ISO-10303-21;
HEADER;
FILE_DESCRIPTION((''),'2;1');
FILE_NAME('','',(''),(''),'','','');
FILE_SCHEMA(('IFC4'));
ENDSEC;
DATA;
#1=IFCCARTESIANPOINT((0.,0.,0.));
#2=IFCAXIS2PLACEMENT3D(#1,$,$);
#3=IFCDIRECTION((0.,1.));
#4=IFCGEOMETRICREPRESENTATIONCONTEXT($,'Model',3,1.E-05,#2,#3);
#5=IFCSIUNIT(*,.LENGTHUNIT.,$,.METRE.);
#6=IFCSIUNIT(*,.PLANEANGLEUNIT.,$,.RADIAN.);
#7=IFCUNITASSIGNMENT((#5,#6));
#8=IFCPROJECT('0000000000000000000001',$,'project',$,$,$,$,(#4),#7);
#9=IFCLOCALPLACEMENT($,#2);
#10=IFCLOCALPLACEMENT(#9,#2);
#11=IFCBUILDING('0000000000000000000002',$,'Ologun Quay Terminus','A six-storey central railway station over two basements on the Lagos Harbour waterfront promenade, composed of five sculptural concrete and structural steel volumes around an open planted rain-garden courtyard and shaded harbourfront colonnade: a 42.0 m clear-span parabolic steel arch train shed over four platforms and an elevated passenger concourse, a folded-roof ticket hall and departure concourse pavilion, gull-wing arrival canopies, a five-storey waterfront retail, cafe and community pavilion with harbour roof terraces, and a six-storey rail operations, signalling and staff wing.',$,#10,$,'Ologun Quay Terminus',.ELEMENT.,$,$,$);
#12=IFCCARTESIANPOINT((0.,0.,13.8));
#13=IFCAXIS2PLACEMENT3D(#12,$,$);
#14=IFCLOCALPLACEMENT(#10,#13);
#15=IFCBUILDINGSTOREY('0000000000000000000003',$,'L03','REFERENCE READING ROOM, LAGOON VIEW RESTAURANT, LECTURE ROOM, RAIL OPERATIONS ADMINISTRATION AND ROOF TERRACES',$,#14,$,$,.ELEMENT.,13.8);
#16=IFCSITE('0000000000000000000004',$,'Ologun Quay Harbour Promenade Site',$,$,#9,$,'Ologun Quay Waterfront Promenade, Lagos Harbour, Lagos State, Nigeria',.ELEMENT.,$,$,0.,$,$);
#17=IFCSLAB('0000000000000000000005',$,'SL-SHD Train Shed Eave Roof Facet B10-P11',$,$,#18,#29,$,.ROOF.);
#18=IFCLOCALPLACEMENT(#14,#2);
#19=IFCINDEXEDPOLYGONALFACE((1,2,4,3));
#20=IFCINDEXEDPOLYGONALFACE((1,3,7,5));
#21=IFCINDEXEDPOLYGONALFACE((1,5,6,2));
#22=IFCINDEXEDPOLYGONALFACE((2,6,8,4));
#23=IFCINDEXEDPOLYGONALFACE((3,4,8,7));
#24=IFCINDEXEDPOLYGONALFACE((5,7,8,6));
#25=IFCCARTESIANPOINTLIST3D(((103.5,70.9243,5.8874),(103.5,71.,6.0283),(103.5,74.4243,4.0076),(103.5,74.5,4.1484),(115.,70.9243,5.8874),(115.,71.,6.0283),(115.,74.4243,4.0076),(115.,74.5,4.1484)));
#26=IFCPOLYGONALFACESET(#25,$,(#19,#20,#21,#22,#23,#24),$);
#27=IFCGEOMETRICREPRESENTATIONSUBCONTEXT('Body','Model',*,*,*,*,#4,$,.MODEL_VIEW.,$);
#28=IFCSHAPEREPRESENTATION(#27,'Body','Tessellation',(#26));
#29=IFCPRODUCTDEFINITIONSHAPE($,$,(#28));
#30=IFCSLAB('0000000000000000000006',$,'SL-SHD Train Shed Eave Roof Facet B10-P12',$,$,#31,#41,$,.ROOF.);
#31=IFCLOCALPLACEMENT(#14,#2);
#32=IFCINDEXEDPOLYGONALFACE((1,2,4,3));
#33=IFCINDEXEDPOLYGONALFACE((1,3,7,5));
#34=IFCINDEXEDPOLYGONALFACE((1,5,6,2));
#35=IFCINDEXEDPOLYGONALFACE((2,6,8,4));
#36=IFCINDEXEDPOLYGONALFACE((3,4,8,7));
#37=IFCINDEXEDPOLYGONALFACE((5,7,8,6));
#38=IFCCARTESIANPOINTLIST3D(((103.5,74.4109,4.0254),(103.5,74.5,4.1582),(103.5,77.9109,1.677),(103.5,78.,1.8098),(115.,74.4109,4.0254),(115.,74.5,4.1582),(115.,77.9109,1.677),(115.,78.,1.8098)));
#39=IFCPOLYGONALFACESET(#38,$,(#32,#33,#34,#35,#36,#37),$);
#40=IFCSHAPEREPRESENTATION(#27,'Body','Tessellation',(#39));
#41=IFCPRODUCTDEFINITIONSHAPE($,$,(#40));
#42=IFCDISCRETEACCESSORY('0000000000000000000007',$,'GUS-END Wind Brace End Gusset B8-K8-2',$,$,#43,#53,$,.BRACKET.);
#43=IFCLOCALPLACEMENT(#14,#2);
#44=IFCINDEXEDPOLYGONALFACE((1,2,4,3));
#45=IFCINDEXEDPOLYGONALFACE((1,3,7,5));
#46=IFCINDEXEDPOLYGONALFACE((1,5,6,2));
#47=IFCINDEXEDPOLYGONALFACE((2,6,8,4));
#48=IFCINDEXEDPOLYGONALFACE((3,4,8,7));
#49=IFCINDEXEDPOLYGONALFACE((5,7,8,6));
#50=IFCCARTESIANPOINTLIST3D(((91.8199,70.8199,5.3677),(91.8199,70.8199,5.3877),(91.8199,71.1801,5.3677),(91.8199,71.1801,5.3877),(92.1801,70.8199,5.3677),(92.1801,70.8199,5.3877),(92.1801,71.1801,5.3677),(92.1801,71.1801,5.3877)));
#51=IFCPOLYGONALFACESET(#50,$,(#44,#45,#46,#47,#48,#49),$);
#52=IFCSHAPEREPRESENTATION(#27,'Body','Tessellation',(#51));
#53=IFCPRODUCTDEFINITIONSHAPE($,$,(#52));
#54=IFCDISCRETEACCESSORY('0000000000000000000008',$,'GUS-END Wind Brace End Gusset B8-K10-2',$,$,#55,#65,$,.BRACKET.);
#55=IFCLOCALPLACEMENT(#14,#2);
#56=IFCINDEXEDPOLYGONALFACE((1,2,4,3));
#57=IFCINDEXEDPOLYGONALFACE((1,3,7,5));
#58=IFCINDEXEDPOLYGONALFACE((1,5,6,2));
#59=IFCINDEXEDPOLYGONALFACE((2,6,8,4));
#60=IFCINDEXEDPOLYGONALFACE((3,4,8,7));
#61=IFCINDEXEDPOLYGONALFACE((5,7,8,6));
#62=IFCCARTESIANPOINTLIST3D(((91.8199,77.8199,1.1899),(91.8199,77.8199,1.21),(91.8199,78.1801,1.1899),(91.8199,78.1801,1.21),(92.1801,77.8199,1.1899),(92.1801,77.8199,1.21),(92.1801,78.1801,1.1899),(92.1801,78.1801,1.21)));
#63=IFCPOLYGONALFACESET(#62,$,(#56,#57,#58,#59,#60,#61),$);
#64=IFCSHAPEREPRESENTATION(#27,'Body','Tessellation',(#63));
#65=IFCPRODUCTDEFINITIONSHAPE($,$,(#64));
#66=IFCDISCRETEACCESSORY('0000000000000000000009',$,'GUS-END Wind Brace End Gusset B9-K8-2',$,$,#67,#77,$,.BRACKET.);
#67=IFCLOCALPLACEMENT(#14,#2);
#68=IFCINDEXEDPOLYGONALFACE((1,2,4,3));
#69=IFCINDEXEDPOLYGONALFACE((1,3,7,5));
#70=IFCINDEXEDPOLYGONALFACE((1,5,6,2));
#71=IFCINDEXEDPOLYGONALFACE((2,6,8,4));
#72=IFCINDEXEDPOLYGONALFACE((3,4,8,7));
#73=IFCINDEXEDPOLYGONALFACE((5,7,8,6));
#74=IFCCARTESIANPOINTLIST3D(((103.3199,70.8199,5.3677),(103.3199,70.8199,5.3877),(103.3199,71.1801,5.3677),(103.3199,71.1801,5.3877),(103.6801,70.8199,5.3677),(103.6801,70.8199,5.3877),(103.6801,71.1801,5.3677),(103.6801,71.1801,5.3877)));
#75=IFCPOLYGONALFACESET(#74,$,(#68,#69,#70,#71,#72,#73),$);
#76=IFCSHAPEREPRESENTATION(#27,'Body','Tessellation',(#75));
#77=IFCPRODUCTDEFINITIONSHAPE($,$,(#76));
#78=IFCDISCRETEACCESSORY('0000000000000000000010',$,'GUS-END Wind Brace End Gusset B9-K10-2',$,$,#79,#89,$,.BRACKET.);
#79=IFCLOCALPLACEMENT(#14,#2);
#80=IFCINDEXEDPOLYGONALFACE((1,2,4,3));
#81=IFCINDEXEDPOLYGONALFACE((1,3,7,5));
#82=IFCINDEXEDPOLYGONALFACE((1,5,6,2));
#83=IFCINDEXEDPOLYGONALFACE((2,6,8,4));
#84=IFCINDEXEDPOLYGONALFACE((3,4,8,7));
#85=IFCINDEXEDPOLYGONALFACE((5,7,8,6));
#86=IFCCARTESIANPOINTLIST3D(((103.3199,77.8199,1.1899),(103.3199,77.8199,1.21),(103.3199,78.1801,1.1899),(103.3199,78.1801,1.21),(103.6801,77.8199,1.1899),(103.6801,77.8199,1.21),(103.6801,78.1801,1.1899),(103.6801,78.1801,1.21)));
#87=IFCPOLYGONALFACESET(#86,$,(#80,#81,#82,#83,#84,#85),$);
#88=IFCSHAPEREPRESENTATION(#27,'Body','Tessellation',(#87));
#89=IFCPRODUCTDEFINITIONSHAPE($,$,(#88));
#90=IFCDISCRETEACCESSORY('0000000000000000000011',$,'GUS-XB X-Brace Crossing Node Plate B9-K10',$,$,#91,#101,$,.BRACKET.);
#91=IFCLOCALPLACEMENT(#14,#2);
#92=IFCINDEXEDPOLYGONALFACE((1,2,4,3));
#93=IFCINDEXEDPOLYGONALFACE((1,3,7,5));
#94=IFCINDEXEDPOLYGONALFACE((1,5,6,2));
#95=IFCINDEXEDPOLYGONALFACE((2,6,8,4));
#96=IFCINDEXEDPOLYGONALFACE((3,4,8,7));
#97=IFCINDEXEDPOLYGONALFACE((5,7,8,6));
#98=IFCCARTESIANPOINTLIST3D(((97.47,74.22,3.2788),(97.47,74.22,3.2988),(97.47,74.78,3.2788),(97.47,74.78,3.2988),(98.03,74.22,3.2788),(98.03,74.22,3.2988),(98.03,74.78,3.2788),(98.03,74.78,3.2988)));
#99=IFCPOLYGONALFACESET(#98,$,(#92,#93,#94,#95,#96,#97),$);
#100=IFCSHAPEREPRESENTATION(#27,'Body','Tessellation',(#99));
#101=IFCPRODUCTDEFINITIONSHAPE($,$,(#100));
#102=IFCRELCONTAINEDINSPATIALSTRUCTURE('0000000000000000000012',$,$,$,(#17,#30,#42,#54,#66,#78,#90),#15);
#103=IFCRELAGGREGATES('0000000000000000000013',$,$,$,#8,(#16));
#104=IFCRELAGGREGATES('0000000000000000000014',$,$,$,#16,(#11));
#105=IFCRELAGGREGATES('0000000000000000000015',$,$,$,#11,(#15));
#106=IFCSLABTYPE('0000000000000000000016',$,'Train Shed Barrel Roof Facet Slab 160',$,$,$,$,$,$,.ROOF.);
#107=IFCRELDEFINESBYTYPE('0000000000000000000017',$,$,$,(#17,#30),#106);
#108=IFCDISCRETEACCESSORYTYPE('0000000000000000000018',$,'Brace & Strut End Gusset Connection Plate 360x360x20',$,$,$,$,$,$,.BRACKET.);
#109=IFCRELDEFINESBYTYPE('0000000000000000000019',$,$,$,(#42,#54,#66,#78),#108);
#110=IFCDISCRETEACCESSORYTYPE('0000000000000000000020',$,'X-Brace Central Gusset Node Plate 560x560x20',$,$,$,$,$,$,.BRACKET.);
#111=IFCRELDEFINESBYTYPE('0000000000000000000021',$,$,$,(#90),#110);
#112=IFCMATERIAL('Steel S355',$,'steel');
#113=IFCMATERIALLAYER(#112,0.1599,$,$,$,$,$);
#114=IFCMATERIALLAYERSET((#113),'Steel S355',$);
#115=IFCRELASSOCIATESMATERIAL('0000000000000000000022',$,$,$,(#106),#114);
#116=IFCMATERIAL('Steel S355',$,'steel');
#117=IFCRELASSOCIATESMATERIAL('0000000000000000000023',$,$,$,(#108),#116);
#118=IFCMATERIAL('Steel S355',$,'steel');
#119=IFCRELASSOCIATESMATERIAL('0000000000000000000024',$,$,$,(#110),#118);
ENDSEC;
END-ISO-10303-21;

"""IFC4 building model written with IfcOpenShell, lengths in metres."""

from ifc_helpers import new_model, si_unit, direction, frame, origin, origin_2d, place, context, subcontext, project, spatial, polyline, rectangle, outline, extrude, material, layer, layer_set, type_object, element, save


model = new_model("IFC4")

# Units and contexts
model_context = context("Model", 3, precision=1e-05, world=origin(), true_north=direction((0.0, 1.0)))
body_context = subcontext(model_context, "Body", "Model", "MODEL_VIEW")
ifc_project = project(units=[si_unit("LENGTHUNIT", "METRE"), si_unit("PLANEANGLEUNIT", "RADIAN")], contexts=[model_context])

# Site, building, storey
site_placement = place(None, origin())
site = spatial("IfcSite", under=ifc_project, at=site_placement, Name="Ologun Quay Harbour Promenade Site", LongName="Ologun Quay Waterfront Promenade, Lagos Harbour, Lagos State, Nigeria", CompositionType="ELEMENT", RefElevation=0.0)
building_placement = place(site_placement, origin())
building = spatial("IfcBuilding", under=site, at=building_placement, Name="Ologun Quay Terminus", Description="A six-storey central railway station over two basements on the Lagos Harbour waterfront promenade, composed of five sculptural concrete and structural steel volumes around an open planted rain-garden courtyard and shaded harbourfront colonnade: a 42.0 m clear-span parabolic steel arch train shed over four platforms and an elevated passenger concourse, a folded-roof ticket hall and departure concourse pavilion, gull-wing arrival canopies, a five-storey waterfront retail, cafe and community pavilion with harbour roof terraces, and a six-storey rail operations, signalling and staff wing.", LongName="Ologun Quay Terminus", CompositionType="ELEMENT")
storey_placement = place(building_placement, frame((0.0, 0.0, 13.8)))
storey = spatial("IfcBuildingStorey", under=building, at=storey_placement, Name="L03", Description="REFERENCE READING ROOM, LAGOON VIEW RESTAURANT, LECTURE ROOM, RAIL OPERATIONS ADMINISTRATION AND ROOF TERRACES", CompositionType="ELEMENT", Elevation=13.8)

# Slabs
ifc_material_1 = material(Name="Steel S355", Category="steel")
ifc_layer_1 = layer(ifc_material_1, 0.1599)
ifc_layer_set_1 = layer_set([ifc_layer_1], Name="Steel S355")
slab_type = type_object("IfcSlabType", Name="Train Shed Barrel Roof Facet Slab 160", PredefinedType="ROOF", material=ifc_layer_set_1)
slab_1_placement = place(storey_placement, frame((103.5, 71.0, 6.0283), z_axis=(0.0, 0.473176, 0.880968), x_axis=(1.0, 0.0, 0.0)))
element("IfcSlab", 1, at=slab_1_placement, inside=storey, type_object=slab_type, Name="SL-SHD Train Shed Eave Roof Facet B10-P11", PredefinedType="ROOF", context=body_context, shape_type="SweptSolid", body=[
    extrude(outline(polyline([(0.0, 0.0), (11.5, 0.0), (11.5, 3.9729), (0.0, 3.9729), (0.0, 0.0)])), origin(), (0.0, 0.0, -1.0), 0.1599),
])
slab_2_placement = place(storey_placement, frame((103.5, 74.5, 4.1582), z_axis=(0.0, 0.557171, 0.830398), x_axis=(1.0, 0.0, 0.0)))
element("IfcSlab", 2, at=slab_2_placement, inside=storey, type_object=slab_type, Name="SL-SHD Train Shed Eave Roof Facet B10-P12", PredefinedType="ROOF", context=body_context, shape_type="SweptSolid", body=[
    extrude(outline(polyline([(0.0, 0.0), (11.5, 0.0), (11.5, 4.2148), (0.0, 4.2148), (0.0, 0.0)])), origin(), (0.0, 0.0, -1.0), 0.1599),
])

# Discrete accessories
ifc_material_2 = material(Name="Steel S355", Category="steel")
discrete_accessory_type_1 = type_object("IfcDiscreteAccessoryType", Name="Brace & Strut End Gusset Connection Plate 360x360x20", PredefinedType="BRACKET", material=ifc_material_2)
for number, where, z_axis, x_axis, name in (
    (3, (92.0, 71.0, 5.3677), (0.0, 0.0, 1.0), (1.0, 0.0, 0.0), "GUS-END Wind Brace End Gusset B8-K8-2"),
    (4, (92.0, 78.0, 1.1899), (0.0, 0.0, 1.0), (1.0, 0.0, 0.0), "GUS-END Wind Brace End Gusset B8-K10-2"),
    (5, (103.5, 71.0, 5.3677), (0.0, 0.0, 1.0), (1.0, 0.0, 0.0), "GUS-END Wind Brace End Gusset B9-K8-2"),
    (6, (103.5, 78.0, 1.1899), (0.0, 0.0, 1.0), (1.0, 0.0, 0.0), "GUS-END Wind Brace End Gusset B9-K10-2"),
):
    element("IfcDiscreteAccessory", number, at=place(storey_placement, frame(where, z_axis=z_axis, x_axis=x_axis)), inside=storey, type_object=discrete_accessory_type_1, Name=name, PredefinedType="BRACKET", context=body_context, shape_type="SweptSolid", body=[
        extrude(rectangle(XDim=0.3601, YDim=0.3601, at=origin_2d()), origin(), (0.0, 0.0, 1.0), 0.02),
    ])
ifc_material_3 = material(Name="Steel S355", Category="steel")
discrete_accessory_type_2 = type_object("IfcDiscreteAccessoryType", Name="X-Brace Central Gusset Node Plate 560x560x20", PredefinedType="BRACKET", material=ifc_material_3)
discrete_accessory_placement = place(storey_placement, frame((97.75, 74.5, 3.2788), z_axis=(0.0, 0.0, 1.0), x_axis=(1.0, 0.0, 0.0)))
element("IfcDiscreteAccessory", 7, at=discrete_accessory_placement, inside=storey, type_object=discrete_accessory_type_2, Name="GUS-XB X-Brace Crossing Node Plate B9-K10", PredefinedType="BRACKET", context=body_context, shape_type="SweptSolid", body=[
    extrude(rectangle(XDim=0.5601, YDim=0.5601, at=origin_2d()), origin(), (0.0, 0.0, 1.0), 0.02),
])

save(model, "model.ifc")
